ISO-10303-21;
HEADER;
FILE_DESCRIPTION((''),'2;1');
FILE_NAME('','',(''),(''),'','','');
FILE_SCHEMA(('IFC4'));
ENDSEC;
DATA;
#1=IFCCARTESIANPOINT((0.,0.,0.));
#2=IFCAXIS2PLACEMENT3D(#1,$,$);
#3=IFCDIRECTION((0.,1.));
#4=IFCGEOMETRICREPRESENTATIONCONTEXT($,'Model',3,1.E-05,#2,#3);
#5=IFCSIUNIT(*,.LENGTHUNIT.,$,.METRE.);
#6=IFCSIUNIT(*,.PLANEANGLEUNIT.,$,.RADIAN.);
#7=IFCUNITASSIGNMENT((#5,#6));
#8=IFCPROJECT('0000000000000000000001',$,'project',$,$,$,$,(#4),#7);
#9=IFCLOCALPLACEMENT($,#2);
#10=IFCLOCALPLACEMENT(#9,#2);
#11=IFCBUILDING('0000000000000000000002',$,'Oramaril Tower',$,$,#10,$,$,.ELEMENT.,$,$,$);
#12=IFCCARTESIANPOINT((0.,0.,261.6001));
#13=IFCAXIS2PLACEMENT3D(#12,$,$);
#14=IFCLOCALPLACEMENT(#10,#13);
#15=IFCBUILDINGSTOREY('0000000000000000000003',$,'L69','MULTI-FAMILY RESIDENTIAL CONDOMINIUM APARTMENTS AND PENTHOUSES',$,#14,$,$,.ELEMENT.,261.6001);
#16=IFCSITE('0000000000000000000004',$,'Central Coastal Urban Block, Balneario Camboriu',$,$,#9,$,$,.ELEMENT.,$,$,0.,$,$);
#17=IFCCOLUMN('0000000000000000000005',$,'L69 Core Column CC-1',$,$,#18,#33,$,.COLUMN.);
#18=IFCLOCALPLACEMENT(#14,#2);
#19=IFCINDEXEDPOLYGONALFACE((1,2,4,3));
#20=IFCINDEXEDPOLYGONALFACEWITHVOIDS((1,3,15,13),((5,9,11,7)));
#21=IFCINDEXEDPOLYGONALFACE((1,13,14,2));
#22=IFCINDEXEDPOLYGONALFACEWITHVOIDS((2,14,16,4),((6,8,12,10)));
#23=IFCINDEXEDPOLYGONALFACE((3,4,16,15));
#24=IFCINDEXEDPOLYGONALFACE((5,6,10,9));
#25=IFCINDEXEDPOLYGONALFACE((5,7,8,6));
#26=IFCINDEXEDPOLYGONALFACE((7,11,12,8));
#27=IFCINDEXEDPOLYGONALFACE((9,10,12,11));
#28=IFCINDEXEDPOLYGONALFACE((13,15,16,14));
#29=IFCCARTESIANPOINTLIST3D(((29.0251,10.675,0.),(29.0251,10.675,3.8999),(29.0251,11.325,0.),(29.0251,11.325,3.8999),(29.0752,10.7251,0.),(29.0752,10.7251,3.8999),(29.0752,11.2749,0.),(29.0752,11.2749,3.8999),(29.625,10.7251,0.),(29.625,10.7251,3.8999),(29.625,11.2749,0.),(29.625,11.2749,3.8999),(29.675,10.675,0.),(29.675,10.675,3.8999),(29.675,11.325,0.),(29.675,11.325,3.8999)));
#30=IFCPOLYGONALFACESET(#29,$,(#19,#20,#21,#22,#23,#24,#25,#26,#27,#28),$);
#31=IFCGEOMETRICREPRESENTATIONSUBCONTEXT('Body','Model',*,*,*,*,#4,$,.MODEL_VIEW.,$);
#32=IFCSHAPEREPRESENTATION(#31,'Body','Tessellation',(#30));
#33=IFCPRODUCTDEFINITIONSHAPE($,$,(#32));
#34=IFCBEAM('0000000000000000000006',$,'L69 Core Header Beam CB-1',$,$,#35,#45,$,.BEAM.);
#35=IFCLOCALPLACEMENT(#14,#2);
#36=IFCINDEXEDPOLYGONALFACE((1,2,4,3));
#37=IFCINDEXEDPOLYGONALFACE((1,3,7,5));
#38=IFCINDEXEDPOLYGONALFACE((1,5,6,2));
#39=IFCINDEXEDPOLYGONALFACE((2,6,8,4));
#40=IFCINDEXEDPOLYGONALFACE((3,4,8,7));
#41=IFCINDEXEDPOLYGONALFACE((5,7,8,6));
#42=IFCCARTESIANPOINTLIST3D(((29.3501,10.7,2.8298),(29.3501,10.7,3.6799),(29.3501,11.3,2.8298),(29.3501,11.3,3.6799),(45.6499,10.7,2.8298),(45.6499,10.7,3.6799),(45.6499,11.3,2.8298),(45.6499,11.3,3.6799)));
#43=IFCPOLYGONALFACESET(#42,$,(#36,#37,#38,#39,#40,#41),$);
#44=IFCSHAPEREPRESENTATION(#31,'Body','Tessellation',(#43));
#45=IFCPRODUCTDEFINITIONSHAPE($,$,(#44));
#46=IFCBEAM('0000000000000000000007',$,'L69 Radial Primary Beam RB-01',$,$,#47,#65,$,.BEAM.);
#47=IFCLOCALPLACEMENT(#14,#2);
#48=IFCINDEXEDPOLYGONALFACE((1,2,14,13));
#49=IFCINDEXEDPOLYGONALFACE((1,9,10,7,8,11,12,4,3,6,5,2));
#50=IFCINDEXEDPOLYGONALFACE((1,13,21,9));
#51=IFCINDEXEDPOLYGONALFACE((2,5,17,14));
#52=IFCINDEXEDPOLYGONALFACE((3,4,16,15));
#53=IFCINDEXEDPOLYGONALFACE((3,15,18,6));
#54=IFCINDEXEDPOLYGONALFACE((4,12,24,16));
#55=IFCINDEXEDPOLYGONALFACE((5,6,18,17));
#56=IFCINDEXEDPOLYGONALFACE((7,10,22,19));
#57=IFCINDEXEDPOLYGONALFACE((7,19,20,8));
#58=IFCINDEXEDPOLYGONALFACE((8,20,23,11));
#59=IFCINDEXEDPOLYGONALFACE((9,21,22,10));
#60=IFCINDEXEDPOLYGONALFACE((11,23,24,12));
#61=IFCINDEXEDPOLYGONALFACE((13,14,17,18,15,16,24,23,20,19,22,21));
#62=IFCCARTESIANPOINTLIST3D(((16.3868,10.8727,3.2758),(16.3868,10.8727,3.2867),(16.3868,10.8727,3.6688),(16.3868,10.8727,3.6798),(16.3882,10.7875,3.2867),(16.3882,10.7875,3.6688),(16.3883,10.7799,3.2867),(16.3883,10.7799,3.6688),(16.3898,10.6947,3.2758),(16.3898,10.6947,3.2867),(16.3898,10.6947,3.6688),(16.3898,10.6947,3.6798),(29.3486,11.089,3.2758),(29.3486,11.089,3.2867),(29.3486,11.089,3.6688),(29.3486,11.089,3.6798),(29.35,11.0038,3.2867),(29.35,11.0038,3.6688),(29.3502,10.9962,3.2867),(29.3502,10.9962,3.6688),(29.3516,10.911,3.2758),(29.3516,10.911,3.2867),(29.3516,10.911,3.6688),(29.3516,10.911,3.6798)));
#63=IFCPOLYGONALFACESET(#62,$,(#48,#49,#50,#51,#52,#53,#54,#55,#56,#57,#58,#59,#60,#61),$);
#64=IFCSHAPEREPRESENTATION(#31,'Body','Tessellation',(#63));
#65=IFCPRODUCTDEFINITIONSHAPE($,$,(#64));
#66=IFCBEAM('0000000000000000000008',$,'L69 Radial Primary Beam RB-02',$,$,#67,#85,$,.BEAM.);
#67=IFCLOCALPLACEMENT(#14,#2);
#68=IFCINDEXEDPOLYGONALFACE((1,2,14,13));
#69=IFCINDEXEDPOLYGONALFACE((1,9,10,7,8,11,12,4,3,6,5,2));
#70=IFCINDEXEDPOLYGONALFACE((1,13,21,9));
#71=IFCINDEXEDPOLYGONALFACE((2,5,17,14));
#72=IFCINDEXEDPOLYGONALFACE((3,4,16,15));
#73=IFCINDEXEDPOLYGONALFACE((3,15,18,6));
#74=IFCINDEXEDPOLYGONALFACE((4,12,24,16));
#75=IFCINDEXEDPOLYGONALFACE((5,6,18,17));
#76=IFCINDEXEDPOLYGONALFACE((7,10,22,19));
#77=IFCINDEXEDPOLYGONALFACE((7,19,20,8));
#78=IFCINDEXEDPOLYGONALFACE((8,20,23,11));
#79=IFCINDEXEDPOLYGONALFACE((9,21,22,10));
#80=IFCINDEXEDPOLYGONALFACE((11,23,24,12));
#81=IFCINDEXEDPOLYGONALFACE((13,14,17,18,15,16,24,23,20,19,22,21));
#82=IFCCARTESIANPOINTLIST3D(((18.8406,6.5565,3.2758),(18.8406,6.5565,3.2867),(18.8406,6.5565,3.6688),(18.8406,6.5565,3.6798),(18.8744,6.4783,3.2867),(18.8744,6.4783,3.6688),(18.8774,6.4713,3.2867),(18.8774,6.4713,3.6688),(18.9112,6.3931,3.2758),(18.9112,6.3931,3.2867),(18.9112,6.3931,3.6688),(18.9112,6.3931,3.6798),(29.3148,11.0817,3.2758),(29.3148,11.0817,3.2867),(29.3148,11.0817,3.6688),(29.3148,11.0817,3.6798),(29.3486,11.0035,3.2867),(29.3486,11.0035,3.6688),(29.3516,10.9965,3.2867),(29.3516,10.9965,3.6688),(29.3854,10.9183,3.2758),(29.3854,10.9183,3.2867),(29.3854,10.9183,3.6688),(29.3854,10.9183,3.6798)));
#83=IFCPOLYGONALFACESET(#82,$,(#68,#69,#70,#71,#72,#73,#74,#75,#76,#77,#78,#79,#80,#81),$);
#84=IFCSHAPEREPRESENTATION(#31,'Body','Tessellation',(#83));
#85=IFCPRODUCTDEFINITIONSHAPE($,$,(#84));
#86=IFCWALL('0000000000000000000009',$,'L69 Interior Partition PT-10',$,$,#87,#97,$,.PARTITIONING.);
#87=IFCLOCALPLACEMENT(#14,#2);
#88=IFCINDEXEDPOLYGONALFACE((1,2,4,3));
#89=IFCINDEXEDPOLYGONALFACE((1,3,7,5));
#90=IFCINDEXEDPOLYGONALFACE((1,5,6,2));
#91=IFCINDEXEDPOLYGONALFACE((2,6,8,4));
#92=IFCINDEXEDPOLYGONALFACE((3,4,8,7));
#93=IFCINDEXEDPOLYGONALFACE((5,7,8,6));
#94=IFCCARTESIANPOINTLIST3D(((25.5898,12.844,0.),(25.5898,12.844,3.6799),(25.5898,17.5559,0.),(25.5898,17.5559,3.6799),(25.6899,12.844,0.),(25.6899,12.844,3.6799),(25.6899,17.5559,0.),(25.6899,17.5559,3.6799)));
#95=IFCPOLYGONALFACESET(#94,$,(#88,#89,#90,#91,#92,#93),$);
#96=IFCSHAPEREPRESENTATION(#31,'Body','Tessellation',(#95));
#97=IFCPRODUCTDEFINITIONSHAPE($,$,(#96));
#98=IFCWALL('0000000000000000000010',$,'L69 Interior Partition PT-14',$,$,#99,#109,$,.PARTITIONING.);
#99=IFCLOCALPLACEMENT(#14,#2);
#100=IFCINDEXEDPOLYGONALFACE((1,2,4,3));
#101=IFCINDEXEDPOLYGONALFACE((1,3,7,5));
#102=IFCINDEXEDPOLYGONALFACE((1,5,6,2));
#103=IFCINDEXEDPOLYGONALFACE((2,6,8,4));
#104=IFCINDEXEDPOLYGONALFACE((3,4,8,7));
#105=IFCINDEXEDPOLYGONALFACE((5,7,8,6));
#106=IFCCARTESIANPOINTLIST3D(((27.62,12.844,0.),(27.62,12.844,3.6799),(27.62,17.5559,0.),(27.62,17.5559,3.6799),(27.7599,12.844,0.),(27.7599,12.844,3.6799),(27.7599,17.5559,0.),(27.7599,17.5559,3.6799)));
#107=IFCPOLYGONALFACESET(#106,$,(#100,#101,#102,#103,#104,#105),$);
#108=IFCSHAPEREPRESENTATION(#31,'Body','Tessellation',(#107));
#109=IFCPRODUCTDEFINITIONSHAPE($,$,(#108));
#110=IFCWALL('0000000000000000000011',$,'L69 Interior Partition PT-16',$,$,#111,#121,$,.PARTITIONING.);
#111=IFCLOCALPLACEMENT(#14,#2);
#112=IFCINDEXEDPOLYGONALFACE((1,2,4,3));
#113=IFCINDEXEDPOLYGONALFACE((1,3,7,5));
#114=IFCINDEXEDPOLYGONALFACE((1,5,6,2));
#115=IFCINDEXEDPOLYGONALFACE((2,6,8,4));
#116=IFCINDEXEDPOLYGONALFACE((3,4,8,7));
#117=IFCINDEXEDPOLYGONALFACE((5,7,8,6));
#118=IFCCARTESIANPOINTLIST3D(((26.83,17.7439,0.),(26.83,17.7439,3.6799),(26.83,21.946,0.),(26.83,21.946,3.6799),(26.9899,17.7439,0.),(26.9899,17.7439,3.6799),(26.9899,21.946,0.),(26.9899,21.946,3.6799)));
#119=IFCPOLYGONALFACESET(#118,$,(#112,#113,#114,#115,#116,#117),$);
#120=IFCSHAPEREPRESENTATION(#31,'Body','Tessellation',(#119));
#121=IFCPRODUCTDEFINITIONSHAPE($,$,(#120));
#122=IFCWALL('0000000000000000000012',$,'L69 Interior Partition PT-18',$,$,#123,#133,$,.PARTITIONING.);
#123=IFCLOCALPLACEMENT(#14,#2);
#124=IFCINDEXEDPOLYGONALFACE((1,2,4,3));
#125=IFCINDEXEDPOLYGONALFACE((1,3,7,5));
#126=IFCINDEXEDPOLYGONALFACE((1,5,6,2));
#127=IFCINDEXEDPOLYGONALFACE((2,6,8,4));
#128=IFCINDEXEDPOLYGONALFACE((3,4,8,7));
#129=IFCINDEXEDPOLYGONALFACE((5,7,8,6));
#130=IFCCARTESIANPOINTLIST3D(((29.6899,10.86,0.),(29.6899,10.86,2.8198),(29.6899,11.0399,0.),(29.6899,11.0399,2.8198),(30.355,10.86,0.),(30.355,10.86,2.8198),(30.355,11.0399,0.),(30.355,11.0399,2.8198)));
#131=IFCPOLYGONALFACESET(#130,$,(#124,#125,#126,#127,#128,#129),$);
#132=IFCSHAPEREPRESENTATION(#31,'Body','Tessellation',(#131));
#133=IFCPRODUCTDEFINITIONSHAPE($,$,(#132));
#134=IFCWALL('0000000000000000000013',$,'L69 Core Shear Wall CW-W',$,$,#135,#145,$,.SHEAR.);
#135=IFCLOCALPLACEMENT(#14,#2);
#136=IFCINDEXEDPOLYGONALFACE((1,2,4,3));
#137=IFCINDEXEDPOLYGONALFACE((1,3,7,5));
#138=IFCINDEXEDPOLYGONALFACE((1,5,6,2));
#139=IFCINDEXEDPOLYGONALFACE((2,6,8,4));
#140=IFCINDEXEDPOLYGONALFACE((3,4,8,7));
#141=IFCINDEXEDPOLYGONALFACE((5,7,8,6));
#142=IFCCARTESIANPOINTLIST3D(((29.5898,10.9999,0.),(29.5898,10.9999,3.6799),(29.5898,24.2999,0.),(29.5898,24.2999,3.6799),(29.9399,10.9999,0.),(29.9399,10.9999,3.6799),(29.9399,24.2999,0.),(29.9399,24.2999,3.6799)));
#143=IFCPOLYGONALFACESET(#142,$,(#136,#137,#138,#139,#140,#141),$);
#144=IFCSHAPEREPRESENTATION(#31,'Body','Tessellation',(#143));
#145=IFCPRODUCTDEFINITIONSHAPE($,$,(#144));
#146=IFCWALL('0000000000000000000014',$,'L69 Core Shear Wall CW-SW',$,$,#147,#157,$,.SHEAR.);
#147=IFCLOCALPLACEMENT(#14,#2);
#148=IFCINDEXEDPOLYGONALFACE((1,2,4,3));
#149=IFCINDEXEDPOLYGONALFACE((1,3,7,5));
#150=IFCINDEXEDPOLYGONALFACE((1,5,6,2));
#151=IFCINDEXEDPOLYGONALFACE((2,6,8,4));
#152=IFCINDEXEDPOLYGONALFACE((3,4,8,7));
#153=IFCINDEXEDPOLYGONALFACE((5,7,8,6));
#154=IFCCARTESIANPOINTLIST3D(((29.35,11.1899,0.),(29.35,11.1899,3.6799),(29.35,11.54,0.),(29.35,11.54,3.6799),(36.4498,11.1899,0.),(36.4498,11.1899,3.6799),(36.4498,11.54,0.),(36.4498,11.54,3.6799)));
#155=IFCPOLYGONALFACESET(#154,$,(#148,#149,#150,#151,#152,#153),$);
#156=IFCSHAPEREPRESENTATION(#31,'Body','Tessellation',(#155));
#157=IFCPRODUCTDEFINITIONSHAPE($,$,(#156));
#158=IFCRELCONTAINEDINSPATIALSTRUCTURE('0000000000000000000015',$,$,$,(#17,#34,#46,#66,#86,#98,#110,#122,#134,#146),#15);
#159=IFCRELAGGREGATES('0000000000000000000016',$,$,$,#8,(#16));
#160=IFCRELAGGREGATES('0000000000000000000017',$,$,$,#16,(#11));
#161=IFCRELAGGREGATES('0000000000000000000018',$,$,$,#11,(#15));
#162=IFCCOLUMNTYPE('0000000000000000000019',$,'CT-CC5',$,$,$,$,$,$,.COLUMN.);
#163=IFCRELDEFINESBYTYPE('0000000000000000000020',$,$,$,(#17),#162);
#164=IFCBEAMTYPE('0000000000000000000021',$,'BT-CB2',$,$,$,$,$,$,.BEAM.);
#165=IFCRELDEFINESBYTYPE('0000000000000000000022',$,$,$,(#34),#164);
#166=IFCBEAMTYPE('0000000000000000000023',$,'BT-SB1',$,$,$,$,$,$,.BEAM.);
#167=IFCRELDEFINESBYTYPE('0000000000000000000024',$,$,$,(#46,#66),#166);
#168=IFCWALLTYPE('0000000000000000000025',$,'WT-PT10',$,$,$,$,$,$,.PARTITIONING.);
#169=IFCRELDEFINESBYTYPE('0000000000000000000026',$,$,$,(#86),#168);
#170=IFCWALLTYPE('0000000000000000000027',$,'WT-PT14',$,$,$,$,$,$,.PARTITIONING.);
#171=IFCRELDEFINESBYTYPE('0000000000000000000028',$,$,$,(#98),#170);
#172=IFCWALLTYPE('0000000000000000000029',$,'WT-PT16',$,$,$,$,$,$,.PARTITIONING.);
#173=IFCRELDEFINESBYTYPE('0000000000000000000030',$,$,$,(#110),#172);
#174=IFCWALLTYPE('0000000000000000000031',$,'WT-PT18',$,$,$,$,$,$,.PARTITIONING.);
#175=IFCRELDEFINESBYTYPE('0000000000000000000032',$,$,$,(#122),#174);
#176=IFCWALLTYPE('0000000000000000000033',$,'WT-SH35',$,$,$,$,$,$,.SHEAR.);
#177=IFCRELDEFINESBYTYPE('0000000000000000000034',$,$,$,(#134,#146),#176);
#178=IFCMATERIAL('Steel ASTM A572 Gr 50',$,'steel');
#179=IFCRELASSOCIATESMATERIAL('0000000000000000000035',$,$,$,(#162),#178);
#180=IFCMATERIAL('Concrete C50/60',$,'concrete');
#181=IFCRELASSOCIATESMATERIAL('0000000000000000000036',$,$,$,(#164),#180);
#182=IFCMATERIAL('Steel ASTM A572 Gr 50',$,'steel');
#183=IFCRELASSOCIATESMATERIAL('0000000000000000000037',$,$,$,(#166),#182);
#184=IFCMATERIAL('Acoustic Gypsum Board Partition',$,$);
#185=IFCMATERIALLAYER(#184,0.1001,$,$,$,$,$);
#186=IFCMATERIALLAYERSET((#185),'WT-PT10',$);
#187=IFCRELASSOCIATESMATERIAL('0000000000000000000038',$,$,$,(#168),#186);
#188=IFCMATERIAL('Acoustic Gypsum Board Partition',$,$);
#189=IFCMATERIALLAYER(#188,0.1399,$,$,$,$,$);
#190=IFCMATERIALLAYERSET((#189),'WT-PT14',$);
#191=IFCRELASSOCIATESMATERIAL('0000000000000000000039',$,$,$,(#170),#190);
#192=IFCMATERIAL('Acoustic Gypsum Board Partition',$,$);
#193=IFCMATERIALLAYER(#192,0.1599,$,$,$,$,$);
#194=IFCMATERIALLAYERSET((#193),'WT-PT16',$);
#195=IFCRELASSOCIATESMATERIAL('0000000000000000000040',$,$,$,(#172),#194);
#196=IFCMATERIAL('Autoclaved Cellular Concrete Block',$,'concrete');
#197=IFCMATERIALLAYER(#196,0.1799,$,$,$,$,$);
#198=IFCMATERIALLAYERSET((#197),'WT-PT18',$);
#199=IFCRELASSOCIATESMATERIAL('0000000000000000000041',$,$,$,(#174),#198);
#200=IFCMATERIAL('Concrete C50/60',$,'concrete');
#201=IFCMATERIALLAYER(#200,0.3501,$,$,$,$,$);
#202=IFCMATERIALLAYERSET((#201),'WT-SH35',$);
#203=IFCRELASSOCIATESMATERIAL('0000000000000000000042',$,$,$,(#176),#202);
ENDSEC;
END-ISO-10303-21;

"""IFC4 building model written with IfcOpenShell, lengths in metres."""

from ifc_helpers import new_model, si_unit, direction, frame, frame_2d, origin, origin_2d, place, context, subcontext, project, spatial, rectangle, hollow_rectangle, i_section, extrude, material, layer, layer_set, material_profile, profile_set, type_object, element, save


model = new_model("IFC4")

# Units and contexts
model_context = context("Model", 3, precision=1e-05, world=origin(), true_north=direction((0.0, 1.0)))
body_context = subcontext(model_context, "Body", "Model", "MODEL_VIEW")
ifc_project = project(units=[si_unit("LENGTHUNIT", "METRE"), si_unit("PLANEANGLEUNIT", "RADIAN")], contexts=[model_context])

# Site, building, storey
site_placement = place(None, origin())
site = spatial("IfcSite", under=ifc_project, at=site_placement, Name="Central Coastal Urban Block, Balneario Camboriu", CompositionType="ELEMENT", RefElevation=0.0)
building_placement = place(site_placement, origin())
building = spatial("IfcBuilding", under=site, at=building_placement, Name="Oramaril Tower", CompositionType="ELEMENT")
storey_placement = place(building_placement, frame((0.0, 0.0, 261.6001)))
storey = spatial("IfcBuildingStorey", under=building, at=storey_placement, Name="L69", Description="MULTI-FAMILY RESIDENTIAL CONDOMINIUM APARTMENTS AND PENTHOUSES", CompositionType="ELEMENT", Elevation=261.6001)

# Column
ifc_material_1 = material(Name="Steel ASTM A572 Gr 50", Category="steel")
ifc_material_profile_1 = material_profile(ifc_material_1, hollow_rectangle(XDim=0.6499, YDim=0.6499, WallThickness=0.05, at=origin_2d()), Name="BOX650X650X50")
ifc_profile_set_1 = profile_set([ifc_material_profile_1], Name="Steel ASTM A572 Gr 50")
column_type = type_object("IfcColumnType", Name="CT-CC5", PredefinedType="COLUMN", material=ifc_profile_set_1)
column_placement = place(storey_placement, frame((29.3501, 11.0, 0.0), z_axis=(0.0, 0.0, 1.0), x_axis=(1.0, 0.0, 0.0)))
element("IfcColumn", 1, at=column_placement, inside=storey, type_object=column_type, Name="L69 Core Column CC-1", PredefinedType="COLUMN", context=body_context, shape_type="SweptSolid", body=[
    extrude(hollow_rectangle(XDim=0.6499, YDim=0.6499, WallThickness=0.05, at=origin_2d()), origin(), (0.0, 0.0, 1.0), 3.8999),
])

# Beams
ifc_material_2 = material(Name="Concrete C50/60", Category="concrete")
ifc_material_profile_2 = material_profile(ifc_material_2, rectangle(XDim=0.6001, YDim=0.8501, at=origin_2d()), Name="CB600X850")
ifc_profile_set_2 = profile_set([ifc_material_profile_2], Name="Concrete C50/60")
beam_type_1 = type_object("IfcBeamType", Name="BT-CB2", PredefinedType="BEAM", material=ifc_profile_set_2)
beam_1_placement = place(storey_placement, frame((29.3501, 11.0, 3.2549), z_axis=(1.0, 0.0, 0.0), x_axis=(0.0, 1.0, 0.0)))
element("IfcBeam", 2, at=beam_1_placement, inside=storey, type_object=beam_type_1, Name="L69 Core Header Beam CB-1", PredefinedType="BEAM", context=body_context, shape_type="SweptSolid", body=[
    extrude(rectangle(XDim=0.6001, YDim=0.8501, at=origin_2d()), origin(), (0.0, 0.0, 1.0), 16.2998),
])
ifc_material_3 = material(Name="Steel ASTM A572 Gr 50", Category="steel")
ifc_material_profile_3 = material_profile(ifc_material_3, i_section(OverallWidth=0.178, OverallDepth=0.4041, WebThickness=0.0076, FlangeThickness=0.011, at=origin_2d()), Name="W16X36")
ifc_profile_set_3 = profile_set([ifc_material_profile_3], Name="Steel ASTM A572 Gr 50")
beam_type_2 = type_object("IfcBeamType", Name="BT-SB1", PredefinedType="BEAM", material=ifc_profile_set_3)
beam_2_placement = place(storey_placement, frame((29.3501, 11.0, 3.4778), z_axis=(-0.999861, -0.016686, 0.0), x_axis=(0.016686, -0.999861, 0.0)))
element("IfcBeam", 3, at=beam_2_placement, inside=storey, type_object=beam_type_2, Name="L69 Radial Primary Beam RB-01", PredefinedType="BEAM", context=body_context, shape_type="SweptSolid", body=[
    extrude(i_section(OverallWidth=0.178, OverallDepth=0.4041, WebThickness=0.0076, FlangeThickness=0.011, at=origin_2d()), origin(), (0.0, 0.0, 1.0), 12.9636),
])
beam_3_placement = place(storey_placement, frame((29.3501, 11.0, 3.4778), z_axis=(-0.917991, -0.396601, 0.0), x_axis=(0.396601, -0.917991, 0.0)))
element("IfcBeam", 4, at=beam_3_placement, inside=storey, type_object=beam_type_2, Name="L69 Radial Primary Beam RB-02", PredefinedType="BEAM", context=body_context, shape_type="SweptSolid", body=[
    extrude(i_section(OverallWidth=0.178, OverallDepth=0.4041, WebThickness=0.0076, FlangeThickness=0.011, at=origin_2d()), origin(), (0.0, 0.0, 1.0), 11.4099),
])

# Walls
ifc_material_4 = material(Name="Acoustic Gypsum Board Partition")
ifc_layer_1 = layer(ifc_material_4, 0.1001)
ifc_layer_set_1 = layer_set([ifc_layer_1], Name="WT-PT10")
wall_type_1 = type_object("IfcWallType", Name="WT-PT10", PredefinedType="PARTITIONING", material=ifc_layer_set_1)
wall_1_placement = place(storey_placement, frame((25.6399, 12.844, 0.0), z_axis=(0.0, 0.0, 1.0), x_axis=(0.0, 1.0, 0.0)))
element("IfcWall", 5, at=wall_1_placement, inside=storey, type_object=wall_type_1, Name="L69 Interior Partition PT-10", PredefinedType="PARTITIONING", context=body_context, shape_type="SweptSolid", body=[
    extrude(rectangle(XDim=4.7119, YDim=0.1001, at=frame_2d((2.356, 0.0))), origin(), (0.0, 0.0, 1.0), 3.6799),
])
ifc_material_5 = material(Name="Acoustic Gypsum Board Partition")
ifc_layer_2 = layer(ifc_material_5, 0.1399)
ifc_layer_set_2 = layer_set([ifc_layer_2], Name="WT-PT14")
wall_type_2 = type_object("IfcWallType", Name="WT-PT14", PredefinedType="PARTITIONING", material=ifc_layer_set_2)
wall_2_placement = place(storey_placement, frame((27.6899, 12.844, 0.0), z_axis=(0.0, 0.0, 1.0), x_axis=(0.0, 1.0, 0.0)))
element("IfcWall", 6, at=wall_2_placement, inside=storey, type_object=wall_type_2, Name="L69 Interior Partition PT-14", PredefinedType="PARTITIONING", context=body_context, shape_type="SweptSolid", body=[
    extrude(rectangle(XDim=4.7119, YDim=0.1399, at=frame_2d((2.356, 0.0))), origin(), (0.0, 0.0, 1.0), 3.6799),
])
ifc_material_6 = material(Name="Acoustic Gypsum Board Partition")
ifc_layer_3 = layer(ifc_material_6, 0.1599)
ifc_layer_set_3 = layer_set([ifc_layer_3], Name="WT-PT16")
wall_type_3 = type_object("IfcWallType", Name="WT-PT16", PredefinedType="PARTITIONING", material=ifc_layer_set_3)
wall_3_placement = place(storey_placement, frame((26.9099, 17.7439, 0.0), z_axis=(0.0, 0.0, 1.0), x_axis=(0.0, 1.0, 0.0)))
element("IfcWall", 7, at=wall_3_placement, inside=storey, type_object=wall_type_3, Name="L69 Interior Partition PT-16", PredefinedType="PARTITIONING", context=body_context, shape_type="SweptSolid", body=[
    extrude(rectangle(XDim=4.2021, YDim=0.1599, at=frame_2d((2.1011, 0.0))), origin(), (0.0, 0.0, 1.0), 3.6799),
])
ifc_material_7 = material(Name="Autoclaved Cellular Concrete Block", Category="concrete")
ifc_layer_4 = layer(ifc_material_7, 0.1799)
ifc_layer_set_4 = layer_set([ifc_layer_4], Name="WT-PT18")
wall_type_4 = type_object("IfcWallType", Name="WT-PT18", PredefinedType="PARTITIONING", material=ifc_layer_set_4)
wall_4_placement = place(storey_placement, frame((29.6899, 10.95, 0.0), z_axis=(0.0, 0.0, 1.0), x_axis=(1.0, 0.0, 0.0)))
element("IfcWall", 8, at=wall_4_placement, inside=storey, type_object=wall_type_4, Name="L69 Interior Partition PT-18", PredefinedType="PARTITIONING", context=body_context, shape_type="SweptSolid", body=[
    extrude(rectangle(XDim=0.665, YDim=0.1799, at=frame_2d((0.3325, 0.0))), origin(), (0.0, 0.0, 1.0), 2.8198),
])

# Walls
ifc_material_8 = material(Name="Concrete C50/60", Category="concrete")
ifc_layer_5 = layer(ifc_material_8, 0.3501)
ifc_layer_set_5 = layer_set([ifc_layer_5], Name="WT-SH35")
wall_type_5 = type_object("IfcWallType", Name="WT-SH35", PredefinedType="SHEAR", material=ifc_layer_set_5)
wall_5_placement = place(storey_placement, frame((29.7649, 11.0, 0.0), z_axis=(0.0, 0.0, 1.0), x_axis=(0.0, 1.0, 0.0)))
element("IfcWall", 9, at=wall_5_placement, inside=storey, type_object=wall_type_5, Name="L69 Core Shear Wall CW-W", PredefinedType="SHEAR", context=body_context, shape_type="SweptSolid", body=[
    extrude(rectangle(XDim=13.3, YDim=0.3501, at=frame_2d((6.6499, 0.0))), origin(), (0.0, 0.0, 1.0), 3.6799),
])
wall_6_placement = place(storey_placement, frame((29.3501, 11.365, 0.0), z_axis=(0.0, 0.0, 1.0), x_axis=(1.0, 0.0, 0.0)))
element("IfcWall", 10, at=wall_6_placement, inside=storey, type_object=wall_type_5, Name="L69 Core Shear Wall CW-SW", PredefinedType="SHEAR", context=body_context, shape_type="SweptSolid", body=[
    extrude(rectangle(XDim=7.0999, YDim=0.3501, at=frame_2d((3.5498, 0.0))), origin(), (0.0, 0.0, 1.0), 3.6799),
])

save(model, "model.ifc")
